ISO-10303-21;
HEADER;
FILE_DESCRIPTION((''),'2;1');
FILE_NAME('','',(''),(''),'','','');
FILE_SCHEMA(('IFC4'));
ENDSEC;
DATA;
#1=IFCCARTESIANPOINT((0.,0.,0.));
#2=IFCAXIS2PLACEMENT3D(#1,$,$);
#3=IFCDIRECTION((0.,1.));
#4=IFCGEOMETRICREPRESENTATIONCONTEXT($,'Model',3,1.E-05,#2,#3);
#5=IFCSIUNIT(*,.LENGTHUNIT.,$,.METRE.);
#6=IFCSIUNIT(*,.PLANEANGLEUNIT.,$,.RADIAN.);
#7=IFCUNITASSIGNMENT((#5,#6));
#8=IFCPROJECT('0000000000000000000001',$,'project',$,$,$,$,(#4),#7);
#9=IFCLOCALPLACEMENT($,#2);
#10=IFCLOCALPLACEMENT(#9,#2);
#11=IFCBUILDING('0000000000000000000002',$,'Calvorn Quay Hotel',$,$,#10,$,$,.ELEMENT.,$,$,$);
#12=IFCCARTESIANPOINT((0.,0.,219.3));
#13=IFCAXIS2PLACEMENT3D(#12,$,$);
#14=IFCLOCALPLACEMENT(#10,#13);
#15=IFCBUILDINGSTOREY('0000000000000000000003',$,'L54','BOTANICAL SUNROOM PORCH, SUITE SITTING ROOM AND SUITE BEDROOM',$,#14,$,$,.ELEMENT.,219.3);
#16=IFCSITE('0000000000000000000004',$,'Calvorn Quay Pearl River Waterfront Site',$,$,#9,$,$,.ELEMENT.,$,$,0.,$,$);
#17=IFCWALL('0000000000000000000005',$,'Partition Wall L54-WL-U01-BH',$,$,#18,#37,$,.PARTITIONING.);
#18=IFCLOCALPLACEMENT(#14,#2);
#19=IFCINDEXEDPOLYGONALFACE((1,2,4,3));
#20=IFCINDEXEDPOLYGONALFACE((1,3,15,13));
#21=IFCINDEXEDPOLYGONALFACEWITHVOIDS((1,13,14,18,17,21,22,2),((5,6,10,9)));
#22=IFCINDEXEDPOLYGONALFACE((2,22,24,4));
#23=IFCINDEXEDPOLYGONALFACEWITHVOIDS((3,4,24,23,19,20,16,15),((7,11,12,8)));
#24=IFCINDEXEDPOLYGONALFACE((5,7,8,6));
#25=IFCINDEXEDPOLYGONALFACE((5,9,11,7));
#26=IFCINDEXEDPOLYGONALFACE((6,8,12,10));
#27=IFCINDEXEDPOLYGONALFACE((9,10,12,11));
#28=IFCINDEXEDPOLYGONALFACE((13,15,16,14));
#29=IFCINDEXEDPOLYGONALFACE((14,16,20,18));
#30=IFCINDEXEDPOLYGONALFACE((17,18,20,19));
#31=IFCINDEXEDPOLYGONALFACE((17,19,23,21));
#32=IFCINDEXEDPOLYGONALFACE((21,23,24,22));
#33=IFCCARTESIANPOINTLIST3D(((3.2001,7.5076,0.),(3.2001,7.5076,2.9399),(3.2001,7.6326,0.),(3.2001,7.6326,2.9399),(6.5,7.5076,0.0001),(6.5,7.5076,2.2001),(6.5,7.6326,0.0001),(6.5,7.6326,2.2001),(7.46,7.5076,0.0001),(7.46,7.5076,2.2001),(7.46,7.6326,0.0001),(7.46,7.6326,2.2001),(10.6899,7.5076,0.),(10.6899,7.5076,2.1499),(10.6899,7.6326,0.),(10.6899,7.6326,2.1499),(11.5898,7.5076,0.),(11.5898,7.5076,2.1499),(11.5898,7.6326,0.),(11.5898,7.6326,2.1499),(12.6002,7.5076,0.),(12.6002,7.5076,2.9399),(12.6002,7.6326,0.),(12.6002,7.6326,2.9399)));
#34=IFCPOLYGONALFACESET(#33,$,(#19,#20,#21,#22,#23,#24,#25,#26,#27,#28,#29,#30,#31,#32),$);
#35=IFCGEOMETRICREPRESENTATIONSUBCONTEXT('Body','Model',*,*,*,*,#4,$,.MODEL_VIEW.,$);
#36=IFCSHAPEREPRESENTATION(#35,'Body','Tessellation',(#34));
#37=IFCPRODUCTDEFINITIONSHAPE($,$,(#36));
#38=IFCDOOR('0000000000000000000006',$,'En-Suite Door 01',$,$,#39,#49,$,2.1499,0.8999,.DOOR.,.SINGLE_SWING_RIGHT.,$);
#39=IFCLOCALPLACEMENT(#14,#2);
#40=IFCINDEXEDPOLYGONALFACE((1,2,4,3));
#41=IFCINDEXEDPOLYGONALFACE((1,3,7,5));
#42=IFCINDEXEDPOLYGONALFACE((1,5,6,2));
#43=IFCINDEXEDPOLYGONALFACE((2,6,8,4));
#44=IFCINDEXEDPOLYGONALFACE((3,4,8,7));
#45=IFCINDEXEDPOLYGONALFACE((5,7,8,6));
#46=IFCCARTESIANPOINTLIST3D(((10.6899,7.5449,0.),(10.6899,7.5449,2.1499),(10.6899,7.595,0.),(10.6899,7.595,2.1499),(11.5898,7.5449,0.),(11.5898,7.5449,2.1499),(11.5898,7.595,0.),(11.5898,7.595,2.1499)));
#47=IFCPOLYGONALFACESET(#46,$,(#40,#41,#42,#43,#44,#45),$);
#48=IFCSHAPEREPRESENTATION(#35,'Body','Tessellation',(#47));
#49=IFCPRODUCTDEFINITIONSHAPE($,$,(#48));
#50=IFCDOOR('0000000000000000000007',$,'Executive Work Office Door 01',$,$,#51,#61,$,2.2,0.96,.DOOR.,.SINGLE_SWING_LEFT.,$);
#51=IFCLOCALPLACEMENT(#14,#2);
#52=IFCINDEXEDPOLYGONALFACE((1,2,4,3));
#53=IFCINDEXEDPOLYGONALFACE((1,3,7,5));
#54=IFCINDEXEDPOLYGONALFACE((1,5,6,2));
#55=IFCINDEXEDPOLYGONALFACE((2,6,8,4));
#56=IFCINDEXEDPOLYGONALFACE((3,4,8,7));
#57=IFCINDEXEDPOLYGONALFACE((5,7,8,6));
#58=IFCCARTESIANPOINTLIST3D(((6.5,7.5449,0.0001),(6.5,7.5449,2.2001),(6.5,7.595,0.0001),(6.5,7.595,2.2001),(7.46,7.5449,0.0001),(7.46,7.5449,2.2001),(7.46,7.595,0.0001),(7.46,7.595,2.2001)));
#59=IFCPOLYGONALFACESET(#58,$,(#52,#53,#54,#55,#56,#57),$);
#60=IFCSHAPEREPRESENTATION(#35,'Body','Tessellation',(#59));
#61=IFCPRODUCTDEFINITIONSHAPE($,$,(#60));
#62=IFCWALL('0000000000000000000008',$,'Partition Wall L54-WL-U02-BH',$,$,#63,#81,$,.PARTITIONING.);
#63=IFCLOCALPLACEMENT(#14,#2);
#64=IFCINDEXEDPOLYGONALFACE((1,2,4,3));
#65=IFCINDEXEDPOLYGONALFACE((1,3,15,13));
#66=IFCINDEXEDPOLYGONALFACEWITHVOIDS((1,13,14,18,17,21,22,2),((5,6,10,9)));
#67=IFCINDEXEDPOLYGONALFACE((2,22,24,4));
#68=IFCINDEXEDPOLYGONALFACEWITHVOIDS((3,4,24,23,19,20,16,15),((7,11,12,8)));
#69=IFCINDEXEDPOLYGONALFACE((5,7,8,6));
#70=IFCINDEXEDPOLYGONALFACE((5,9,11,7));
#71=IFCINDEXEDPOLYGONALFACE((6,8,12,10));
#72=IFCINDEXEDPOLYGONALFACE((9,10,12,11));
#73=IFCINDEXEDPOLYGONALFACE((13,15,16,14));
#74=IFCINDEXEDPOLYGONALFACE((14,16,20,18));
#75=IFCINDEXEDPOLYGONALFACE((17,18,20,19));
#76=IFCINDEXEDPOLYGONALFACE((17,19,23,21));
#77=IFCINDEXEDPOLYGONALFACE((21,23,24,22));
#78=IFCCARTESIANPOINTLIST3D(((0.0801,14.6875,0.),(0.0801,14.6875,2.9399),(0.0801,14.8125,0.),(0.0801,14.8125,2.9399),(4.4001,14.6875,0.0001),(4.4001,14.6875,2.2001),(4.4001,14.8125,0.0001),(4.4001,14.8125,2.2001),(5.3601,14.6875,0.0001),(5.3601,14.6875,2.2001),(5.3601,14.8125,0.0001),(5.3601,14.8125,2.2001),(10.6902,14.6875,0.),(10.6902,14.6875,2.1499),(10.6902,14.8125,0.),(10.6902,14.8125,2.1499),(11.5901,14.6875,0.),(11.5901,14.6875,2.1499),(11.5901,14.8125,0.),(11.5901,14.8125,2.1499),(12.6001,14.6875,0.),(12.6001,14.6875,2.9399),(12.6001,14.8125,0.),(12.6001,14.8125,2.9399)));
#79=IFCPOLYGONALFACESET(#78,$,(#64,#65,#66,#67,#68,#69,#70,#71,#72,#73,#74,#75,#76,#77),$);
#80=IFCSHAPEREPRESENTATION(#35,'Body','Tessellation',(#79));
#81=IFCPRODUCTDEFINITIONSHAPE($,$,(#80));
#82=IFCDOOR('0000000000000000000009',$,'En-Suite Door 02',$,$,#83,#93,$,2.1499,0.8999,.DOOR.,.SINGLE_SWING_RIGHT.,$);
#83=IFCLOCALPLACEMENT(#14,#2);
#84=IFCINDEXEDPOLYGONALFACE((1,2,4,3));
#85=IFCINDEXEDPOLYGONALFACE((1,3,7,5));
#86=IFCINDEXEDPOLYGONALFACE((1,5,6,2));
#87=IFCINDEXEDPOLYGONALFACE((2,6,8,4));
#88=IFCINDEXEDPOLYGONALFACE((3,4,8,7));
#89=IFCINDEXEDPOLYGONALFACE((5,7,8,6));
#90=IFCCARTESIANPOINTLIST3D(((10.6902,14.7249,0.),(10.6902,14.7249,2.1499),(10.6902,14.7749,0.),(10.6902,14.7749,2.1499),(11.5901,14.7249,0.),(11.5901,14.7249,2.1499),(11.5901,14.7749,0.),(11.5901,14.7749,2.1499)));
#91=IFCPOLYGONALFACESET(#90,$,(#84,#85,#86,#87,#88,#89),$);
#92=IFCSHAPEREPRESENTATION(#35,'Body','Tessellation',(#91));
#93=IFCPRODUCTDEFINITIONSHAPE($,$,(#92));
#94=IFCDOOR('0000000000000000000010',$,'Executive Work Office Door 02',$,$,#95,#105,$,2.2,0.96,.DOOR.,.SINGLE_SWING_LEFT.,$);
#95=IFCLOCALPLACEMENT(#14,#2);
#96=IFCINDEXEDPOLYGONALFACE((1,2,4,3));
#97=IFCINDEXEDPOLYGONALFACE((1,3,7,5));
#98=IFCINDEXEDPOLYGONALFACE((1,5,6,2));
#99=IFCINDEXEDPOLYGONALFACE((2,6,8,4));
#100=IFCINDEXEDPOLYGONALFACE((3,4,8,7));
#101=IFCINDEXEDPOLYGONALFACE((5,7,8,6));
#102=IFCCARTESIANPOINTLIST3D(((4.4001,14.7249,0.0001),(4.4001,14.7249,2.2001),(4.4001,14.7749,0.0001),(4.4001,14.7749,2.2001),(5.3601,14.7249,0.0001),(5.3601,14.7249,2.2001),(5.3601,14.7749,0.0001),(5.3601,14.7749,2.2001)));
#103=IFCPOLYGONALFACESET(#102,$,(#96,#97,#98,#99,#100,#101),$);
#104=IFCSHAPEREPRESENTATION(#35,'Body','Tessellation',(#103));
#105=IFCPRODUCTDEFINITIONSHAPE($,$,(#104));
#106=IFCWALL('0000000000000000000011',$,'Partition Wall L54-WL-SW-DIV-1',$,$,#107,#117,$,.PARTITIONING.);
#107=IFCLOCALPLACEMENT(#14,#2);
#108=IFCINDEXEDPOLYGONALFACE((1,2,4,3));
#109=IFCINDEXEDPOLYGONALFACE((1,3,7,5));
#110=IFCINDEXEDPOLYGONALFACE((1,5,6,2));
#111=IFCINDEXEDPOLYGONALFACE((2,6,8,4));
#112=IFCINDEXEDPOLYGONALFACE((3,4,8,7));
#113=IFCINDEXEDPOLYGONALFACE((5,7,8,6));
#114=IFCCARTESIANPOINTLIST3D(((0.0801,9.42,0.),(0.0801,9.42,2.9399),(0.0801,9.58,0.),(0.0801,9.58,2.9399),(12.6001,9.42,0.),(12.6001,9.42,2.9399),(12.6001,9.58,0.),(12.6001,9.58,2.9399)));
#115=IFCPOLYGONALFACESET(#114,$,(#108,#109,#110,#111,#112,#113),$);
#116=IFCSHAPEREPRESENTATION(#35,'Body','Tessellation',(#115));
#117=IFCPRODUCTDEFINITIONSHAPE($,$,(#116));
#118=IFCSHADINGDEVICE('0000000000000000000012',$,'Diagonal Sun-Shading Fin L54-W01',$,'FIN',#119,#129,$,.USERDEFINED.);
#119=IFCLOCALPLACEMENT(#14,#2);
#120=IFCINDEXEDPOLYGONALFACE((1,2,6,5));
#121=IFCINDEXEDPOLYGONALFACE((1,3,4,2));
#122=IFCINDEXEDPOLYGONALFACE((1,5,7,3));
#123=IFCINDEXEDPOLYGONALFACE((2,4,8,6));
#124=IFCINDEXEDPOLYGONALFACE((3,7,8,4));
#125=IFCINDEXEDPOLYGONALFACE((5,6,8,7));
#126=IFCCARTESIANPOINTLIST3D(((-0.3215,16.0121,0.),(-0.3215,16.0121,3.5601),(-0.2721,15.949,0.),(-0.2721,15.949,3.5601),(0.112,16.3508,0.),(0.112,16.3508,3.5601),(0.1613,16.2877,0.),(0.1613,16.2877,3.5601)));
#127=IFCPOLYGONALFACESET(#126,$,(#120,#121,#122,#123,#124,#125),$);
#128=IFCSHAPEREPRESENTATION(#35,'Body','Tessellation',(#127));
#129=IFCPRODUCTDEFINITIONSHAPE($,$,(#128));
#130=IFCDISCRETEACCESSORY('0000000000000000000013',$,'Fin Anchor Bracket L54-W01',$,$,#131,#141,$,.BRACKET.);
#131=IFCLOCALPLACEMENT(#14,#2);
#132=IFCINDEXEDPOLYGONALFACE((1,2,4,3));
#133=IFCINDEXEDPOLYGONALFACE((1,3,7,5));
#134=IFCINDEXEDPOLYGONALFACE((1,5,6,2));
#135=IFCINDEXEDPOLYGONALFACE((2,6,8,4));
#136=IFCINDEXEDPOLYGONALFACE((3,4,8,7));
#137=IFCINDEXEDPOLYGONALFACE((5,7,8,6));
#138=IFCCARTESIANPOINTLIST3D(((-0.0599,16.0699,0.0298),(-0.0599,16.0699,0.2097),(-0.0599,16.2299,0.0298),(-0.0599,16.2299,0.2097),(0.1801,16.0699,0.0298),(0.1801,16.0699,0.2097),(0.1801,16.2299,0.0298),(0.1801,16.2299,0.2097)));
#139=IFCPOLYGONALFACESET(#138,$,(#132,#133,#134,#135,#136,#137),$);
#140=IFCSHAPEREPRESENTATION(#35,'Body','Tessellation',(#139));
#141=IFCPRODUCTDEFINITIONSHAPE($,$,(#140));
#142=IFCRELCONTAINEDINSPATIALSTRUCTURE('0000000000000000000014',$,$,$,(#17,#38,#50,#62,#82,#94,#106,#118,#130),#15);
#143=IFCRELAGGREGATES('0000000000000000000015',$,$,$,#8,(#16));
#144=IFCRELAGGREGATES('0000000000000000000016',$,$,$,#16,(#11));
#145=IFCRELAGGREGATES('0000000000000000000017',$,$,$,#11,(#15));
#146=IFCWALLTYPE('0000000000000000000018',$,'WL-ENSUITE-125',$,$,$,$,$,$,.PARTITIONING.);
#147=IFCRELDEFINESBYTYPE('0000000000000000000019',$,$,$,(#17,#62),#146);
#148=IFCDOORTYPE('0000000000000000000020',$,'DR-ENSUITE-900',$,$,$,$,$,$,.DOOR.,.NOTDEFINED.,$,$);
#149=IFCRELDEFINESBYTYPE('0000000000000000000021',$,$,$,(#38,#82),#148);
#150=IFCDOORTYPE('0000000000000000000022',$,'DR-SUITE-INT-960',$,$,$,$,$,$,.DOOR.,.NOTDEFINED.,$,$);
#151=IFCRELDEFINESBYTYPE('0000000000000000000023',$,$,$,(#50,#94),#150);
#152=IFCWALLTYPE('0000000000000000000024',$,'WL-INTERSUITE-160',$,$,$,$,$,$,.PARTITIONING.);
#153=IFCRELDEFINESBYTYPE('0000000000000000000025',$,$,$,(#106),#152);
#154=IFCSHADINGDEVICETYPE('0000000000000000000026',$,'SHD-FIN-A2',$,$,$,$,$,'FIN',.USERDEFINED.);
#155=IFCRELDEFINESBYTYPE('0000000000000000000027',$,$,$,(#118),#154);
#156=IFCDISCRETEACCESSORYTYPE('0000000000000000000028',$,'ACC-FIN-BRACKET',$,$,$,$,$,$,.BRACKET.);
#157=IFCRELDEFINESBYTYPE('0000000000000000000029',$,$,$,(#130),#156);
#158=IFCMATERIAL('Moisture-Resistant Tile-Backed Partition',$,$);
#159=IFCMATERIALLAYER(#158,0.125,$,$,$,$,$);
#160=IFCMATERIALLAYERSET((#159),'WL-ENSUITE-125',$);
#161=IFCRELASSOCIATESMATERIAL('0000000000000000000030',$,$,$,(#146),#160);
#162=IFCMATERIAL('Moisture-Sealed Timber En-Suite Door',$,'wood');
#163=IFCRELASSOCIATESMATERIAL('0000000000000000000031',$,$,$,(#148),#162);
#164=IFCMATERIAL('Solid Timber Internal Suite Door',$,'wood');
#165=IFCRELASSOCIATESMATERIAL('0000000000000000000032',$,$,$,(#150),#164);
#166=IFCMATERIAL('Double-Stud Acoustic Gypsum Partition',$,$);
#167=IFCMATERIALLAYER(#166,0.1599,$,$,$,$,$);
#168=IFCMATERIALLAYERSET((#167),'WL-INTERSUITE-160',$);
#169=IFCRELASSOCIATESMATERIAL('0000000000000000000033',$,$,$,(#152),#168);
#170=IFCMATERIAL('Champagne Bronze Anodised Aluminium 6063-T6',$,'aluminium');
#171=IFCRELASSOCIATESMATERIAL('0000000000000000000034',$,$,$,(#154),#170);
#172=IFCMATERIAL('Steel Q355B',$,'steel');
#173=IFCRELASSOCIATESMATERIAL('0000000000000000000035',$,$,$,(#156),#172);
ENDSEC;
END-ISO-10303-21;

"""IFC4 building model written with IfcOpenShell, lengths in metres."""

from ifc_helpers import new_model, si_unit, direction, frame, frame_2d, origin, origin_2d, place, context, subcontext, project, spatial, rectangle, extrude, material, layer, layer_set, type_object, element, fill, save


model = new_model("IFC4")

# Units and contexts
model_context = context("Model", 3, precision=1e-05, world=origin(), true_north=direction((0.0, 1.0)))
body_context = subcontext(model_context, "Body", "Model", "MODEL_VIEW")
ifc_project = project(units=[si_unit("LENGTHUNIT", "METRE"), si_unit("PLANEANGLEUNIT", "RADIAN")], contexts=[model_context])

# Site, building, storey
site_placement = place(None, origin())
site = spatial("IfcSite", under=ifc_project, at=site_placement, Name="Calvorn Quay Pearl River Waterfront Site", CompositionType="ELEMENT", RefElevation=0.0)
building_placement = place(site_placement, origin())
building = spatial("IfcBuilding", under=site, at=building_placement, Name="Calvorn Quay Hotel", CompositionType="ELEMENT")
storey_placement = place(building_placement, frame((0.0, 0.0, 219.3)))
storey = spatial("IfcBuildingStorey", under=building, at=storey_placement, Name="L54", Description="BOTANICAL SUNROOM PORCH, SUITE SITTING ROOM AND SUITE BEDROOM", CompositionType="ELEMENT", Elevation=219.3)

# Walls, openings, doors
ifc_material_1 = material(Name="Moisture-Resistant Tile-Backed Partition")
ifc_layer_1 = layer(ifc_material_1, 0.125)
ifc_layer_set_1 = layer_set([ifc_layer_1], Name="WL-ENSUITE-125")
wall_type_1 = type_object("IfcWallType", Name="WL-ENSUITE-125", PredefinedType="PARTITIONING", material=ifc_layer_set_1)
wall_1_placement = place(storey_placement, frame((3.2, 7.5701, 0.0), z_axis=(0.0, 0.0, 1.0), x_axis=(1.0, 0.0, 0.0)))
wall_1 = element("IfcWall", 1, at=wall_1_placement, inside=storey, type_object=wall_type_1, Name="Partition Wall L54-WL-U01-BH", PredefinedType="PARTITIONING", context=body_context, shape_type="SweptSolid", body=[
    extrude(rectangle(XDim=9.4001, YDim=0.125, at=frame_2d((4.7002, 0.0))), origin(), (0.0, 0.0, 1.0), 2.9399),
])
opening_1_placement = place(wall_1_placement, frame((3.3, 0.0, 0.0)))
opening_1 = element("IfcOpeningElement", 2, at=opening_1_placement, cuts=wall_1, PredefinedType="OPENING", context=body_context, shape_type="SweptSolid", body=[
    extrude(rectangle(XDim=0.96, YDim=2.2, at=frame_2d((0.48, 1.1001))), frame((0.0, 0.0725, 0.0), z_axis=(0.0, -1.0, 0.0), x_axis=(1.0, 0.0, 0.0)), (0.0, 0.0, 1.0), 0.145),
])
opening_2_placement = place(wall_1_placement, frame((7.49, 0.0, 0.0)))
opening_2 = element("IfcOpeningElement", 3, at=opening_2_placement, cuts=wall_1, PredefinedType="OPENING", context=body_context, shape_type="SweptSolid", body=[
    extrude(rectangle(XDim=0.8999, YDim=2.1499, at=frame_2d((0.45, 1.075))), frame((0.0, 0.0725, 0.0), z_axis=(0.0, -1.0, 0.0), x_axis=(1.0, 0.0, 0.0)), (0.0, 0.0, 1.0), 0.145),
])
ifc_material_2 = material(Name="Moisture-Sealed Timber En-Suite Door", Category="wood")
door_type_1 = type_object("IfcDoorType", Name="DR-ENSUITE-900", OperationType="NOTDEFINED", PredefinedType="DOOR", material=ifc_material_2)
door_1_placement = place(opening_2_placement, origin())
door_1 = element("IfcDoor", 4, at=door_1_placement, inside=storey, type_object=door_type_1, Name="En-Suite Door 01", OperationType="SINGLE_SWING_RIGHT", OverallHeight=2.1499, OverallWidth=0.8999, PredefinedType="DOOR", context=body_context, shape_type="SweptSolid", body=[
    extrude(rectangle(XDim=0.8999, YDim=2.1499, at=frame_2d((0.45, 1.075))), frame((0.0, 0.0249, 0.0), z_axis=(0.0, -1.0, 0.0), x_axis=(1.0, 0.0, 0.0)), (0.0, 0.0, 1.0), 0.05),
])
fill(opening_2, door_1)
ifc_material_3 = material(Name="Solid Timber Internal Suite Door", Category="wood")
door_type_2 = type_object("IfcDoorType", Name="DR-SUITE-INT-960", OperationType="NOTDEFINED", PredefinedType="DOOR", material=ifc_material_3)
door_2_placement = place(opening_1_placement, origin())
door_2 = element("IfcDoor", 5, at=door_2_placement, inside=storey, type_object=door_type_2, Name="Executive Work Office Door 01", OperationType="SINGLE_SWING_LEFT", OverallHeight=2.2, OverallWidth=0.96, PredefinedType="DOOR", context=body_context, shape_type="SweptSolid", body=[
    extrude(rectangle(XDim=0.96, YDim=2.2, at=frame_2d((0.48, 1.1001))), frame((0.0, 0.0249, 0.0), z_axis=(0.0, -1.0, 0.0), x_axis=(1.0, 0.0, 0.0)), (0.0, 0.0, 1.0), 0.05),
])
fill(opening_1, door_2)
wall_2_placement = place(storey_placement, frame((0.0801, 14.75, 0.0), z_axis=(0.0, 0.0, 1.0), x_axis=(1.0, 0.0, 0.0)))
wall_2 = element("IfcWall", 6, at=wall_2_placement, inside=storey, type_object=wall_type_1, Name="Partition Wall L54-WL-U02-BH", PredefinedType="PARTITIONING", context=body_context, shape_type="SweptSolid", body=[
    extrude(rectangle(XDim=12.52, YDim=0.125, at=frame_2d((6.26, 0.0))), origin(), (0.0, 0.0, 1.0), 2.9399),
])
opening_3_placement = place(wall_2_placement, frame((4.3201, 0.0, 0.0)))
opening_3 = element("IfcOpeningElement", 7, at=opening_3_placement, cuts=wall_2, PredefinedType="OPENING", context=body_context, shape_type="SweptSolid", body=[
    extrude(rectangle(XDim=0.96, YDim=2.2, at=frame_2d((0.48, 1.1001))), frame((0.0, 0.0725, 0.0), z_axis=(0.0, -1.0, 0.0), x_axis=(1.0, 0.0, 0.0)), (0.0, 0.0, 1.0), 0.145),
])
opening_4_placement = place(wall_2_placement, frame((10.6101, 0.0, 0.0)))
opening_4 = element("IfcOpeningElement", 8, at=opening_4_placement, cuts=wall_2, PredefinedType="OPENING", context=body_context, shape_type="SweptSolid", body=[
    extrude(rectangle(XDim=0.8999, YDim=2.1499, at=frame_2d((0.45, 1.075))), frame((0.0, 0.0725, 0.0), z_axis=(0.0, -1.0, 0.0), x_axis=(1.0, 0.0, 0.0)), (0.0, 0.0, 1.0), 0.145),
])
door_3_placement = place(opening_4_placement, origin())
door_3 = element("IfcDoor", 9, at=door_3_placement, inside=storey, type_object=door_type_1, Name="En-Suite Door 02", OperationType="SINGLE_SWING_RIGHT", OverallHeight=2.1499, OverallWidth=0.8999, PredefinedType="DOOR", context=body_context, shape_type="SweptSolid", body=[
    extrude(rectangle(XDim=0.8999, YDim=2.1499, at=frame_2d((0.45, 1.075))), frame((0.0, 0.0249, 0.0), z_axis=(0.0, -1.0, 0.0), x_axis=(1.0, 0.0, 0.0)), (0.0, 0.0, 1.0), 0.05),
])
fill(opening_4, door_3)
door_4_placement = place(opening_3_placement, origin())
door_4 = element("IfcDoor", 10, at=door_4_placement, inside=storey, type_object=door_type_2, Name="Executive Work Office Door 02", OperationType="SINGLE_SWING_LEFT", OverallHeight=2.2, OverallWidth=0.96, PredefinedType="DOOR", context=body_context, shape_type="SweptSolid", body=[
    extrude(rectangle(XDim=0.96, YDim=2.2, at=frame_2d((0.48, 1.1001))), frame((0.0, 0.0249, 0.0), z_axis=(0.0, -1.0, 0.0), x_axis=(1.0, 0.0, 0.0)), (0.0, 0.0, 1.0), 0.05),
])
fill(opening_3, door_4)

# Wall
ifc_material_4 = material(Name="Double-Stud Acoustic Gypsum Partition")
ifc_layer_2 = layer(ifc_material_4, 0.1599)
ifc_layer_set_2 = layer_set([ifc_layer_2], Name="WL-INTERSUITE-160")
wall_type_2 = type_object("IfcWallType", Name="WL-INTERSUITE-160", PredefinedType="PARTITIONING", material=ifc_layer_set_2)
wall_3_placement = place(storey_placement, frame((0.0801, 9.5, 0.0), z_axis=(0.0, 0.0, 1.0), x_axis=(1.0, 0.0, 0.0)))
element("IfcWall", 11, at=wall_3_placement, inside=storey, type_object=wall_type_2, Name="Partition Wall L54-WL-SW-DIV-1", PredefinedType="PARTITIONING", context=body_context, shape_type="SweptSolid", body=[
    extrude(rectangle(XDim=12.52, YDim=0.1599, at=frame_2d((6.26, 0.0))), origin(), (0.0, 0.0, 1.0), 2.9399),
])

# Shading device
ifc_material_5 = material(Name="Champagne Bronze Anodised Aluminium 6063-T6", Category="aluminium")
shading_device_type = type_object("IfcShadingDeviceType", Name="SHD-FIN-A2", ElementType="FIN", PredefinedType="USERDEFINED", material=ifc_material_5)
shading_device_placement = place(storey_placement, frame((-0.0801, 16.1499, 0.0), z_axis=(0.0, 0.0, 1.0), x_axis=(0.788011, 0.615661, 0.0)))
element("IfcShadingDevice", 12, at=shading_device_placement, inside=storey, type_object=shading_device_type, Name="Diagonal Sun-Shading Fin L54-W01", ObjectType="FIN", PredefinedType="USERDEFINED", context=body_context, shape_type="SweptSolid", body=[
    extrude(rectangle(XDim=0.55, YDim=0.0801, at=origin_2d()), origin(), (0.0, 0.0, 1.0), 3.5601),
])

# Discrete accessory
ifc_material_6 = material(Name="Steel Q355B", Category="steel")
discrete_accessory_type = type_object("IfcDiscreteAccessoryType", Name="ACC-FIN-BRACKET", PredefinedType="BRACKET", material=ifc_material_6)
discrete_accessory_placement = place(storey_placement, frame((0.0601, 16.1499, 0.0298), z_axis=(0.0, 0.0, 1.0), x_axis=(1.0, 0.0, 0.0)))
element("IfcDiscreteAccessory", 13, at=discrete_accessory_placement, inside=storey, type_object=discrete_accessory_type, Name="Fin Anchor Bracket L54-W01", PredefinedType="BRACKET", context=body_context, shape_type="SweptSolid", body=[
    extrude(rectangle(XDim=0.24, YDim=0.1599, at=origin_2d()), origin(), (0.0, 0.0, 1.0), 0.1799),
])

save(model, "model.ifc")
